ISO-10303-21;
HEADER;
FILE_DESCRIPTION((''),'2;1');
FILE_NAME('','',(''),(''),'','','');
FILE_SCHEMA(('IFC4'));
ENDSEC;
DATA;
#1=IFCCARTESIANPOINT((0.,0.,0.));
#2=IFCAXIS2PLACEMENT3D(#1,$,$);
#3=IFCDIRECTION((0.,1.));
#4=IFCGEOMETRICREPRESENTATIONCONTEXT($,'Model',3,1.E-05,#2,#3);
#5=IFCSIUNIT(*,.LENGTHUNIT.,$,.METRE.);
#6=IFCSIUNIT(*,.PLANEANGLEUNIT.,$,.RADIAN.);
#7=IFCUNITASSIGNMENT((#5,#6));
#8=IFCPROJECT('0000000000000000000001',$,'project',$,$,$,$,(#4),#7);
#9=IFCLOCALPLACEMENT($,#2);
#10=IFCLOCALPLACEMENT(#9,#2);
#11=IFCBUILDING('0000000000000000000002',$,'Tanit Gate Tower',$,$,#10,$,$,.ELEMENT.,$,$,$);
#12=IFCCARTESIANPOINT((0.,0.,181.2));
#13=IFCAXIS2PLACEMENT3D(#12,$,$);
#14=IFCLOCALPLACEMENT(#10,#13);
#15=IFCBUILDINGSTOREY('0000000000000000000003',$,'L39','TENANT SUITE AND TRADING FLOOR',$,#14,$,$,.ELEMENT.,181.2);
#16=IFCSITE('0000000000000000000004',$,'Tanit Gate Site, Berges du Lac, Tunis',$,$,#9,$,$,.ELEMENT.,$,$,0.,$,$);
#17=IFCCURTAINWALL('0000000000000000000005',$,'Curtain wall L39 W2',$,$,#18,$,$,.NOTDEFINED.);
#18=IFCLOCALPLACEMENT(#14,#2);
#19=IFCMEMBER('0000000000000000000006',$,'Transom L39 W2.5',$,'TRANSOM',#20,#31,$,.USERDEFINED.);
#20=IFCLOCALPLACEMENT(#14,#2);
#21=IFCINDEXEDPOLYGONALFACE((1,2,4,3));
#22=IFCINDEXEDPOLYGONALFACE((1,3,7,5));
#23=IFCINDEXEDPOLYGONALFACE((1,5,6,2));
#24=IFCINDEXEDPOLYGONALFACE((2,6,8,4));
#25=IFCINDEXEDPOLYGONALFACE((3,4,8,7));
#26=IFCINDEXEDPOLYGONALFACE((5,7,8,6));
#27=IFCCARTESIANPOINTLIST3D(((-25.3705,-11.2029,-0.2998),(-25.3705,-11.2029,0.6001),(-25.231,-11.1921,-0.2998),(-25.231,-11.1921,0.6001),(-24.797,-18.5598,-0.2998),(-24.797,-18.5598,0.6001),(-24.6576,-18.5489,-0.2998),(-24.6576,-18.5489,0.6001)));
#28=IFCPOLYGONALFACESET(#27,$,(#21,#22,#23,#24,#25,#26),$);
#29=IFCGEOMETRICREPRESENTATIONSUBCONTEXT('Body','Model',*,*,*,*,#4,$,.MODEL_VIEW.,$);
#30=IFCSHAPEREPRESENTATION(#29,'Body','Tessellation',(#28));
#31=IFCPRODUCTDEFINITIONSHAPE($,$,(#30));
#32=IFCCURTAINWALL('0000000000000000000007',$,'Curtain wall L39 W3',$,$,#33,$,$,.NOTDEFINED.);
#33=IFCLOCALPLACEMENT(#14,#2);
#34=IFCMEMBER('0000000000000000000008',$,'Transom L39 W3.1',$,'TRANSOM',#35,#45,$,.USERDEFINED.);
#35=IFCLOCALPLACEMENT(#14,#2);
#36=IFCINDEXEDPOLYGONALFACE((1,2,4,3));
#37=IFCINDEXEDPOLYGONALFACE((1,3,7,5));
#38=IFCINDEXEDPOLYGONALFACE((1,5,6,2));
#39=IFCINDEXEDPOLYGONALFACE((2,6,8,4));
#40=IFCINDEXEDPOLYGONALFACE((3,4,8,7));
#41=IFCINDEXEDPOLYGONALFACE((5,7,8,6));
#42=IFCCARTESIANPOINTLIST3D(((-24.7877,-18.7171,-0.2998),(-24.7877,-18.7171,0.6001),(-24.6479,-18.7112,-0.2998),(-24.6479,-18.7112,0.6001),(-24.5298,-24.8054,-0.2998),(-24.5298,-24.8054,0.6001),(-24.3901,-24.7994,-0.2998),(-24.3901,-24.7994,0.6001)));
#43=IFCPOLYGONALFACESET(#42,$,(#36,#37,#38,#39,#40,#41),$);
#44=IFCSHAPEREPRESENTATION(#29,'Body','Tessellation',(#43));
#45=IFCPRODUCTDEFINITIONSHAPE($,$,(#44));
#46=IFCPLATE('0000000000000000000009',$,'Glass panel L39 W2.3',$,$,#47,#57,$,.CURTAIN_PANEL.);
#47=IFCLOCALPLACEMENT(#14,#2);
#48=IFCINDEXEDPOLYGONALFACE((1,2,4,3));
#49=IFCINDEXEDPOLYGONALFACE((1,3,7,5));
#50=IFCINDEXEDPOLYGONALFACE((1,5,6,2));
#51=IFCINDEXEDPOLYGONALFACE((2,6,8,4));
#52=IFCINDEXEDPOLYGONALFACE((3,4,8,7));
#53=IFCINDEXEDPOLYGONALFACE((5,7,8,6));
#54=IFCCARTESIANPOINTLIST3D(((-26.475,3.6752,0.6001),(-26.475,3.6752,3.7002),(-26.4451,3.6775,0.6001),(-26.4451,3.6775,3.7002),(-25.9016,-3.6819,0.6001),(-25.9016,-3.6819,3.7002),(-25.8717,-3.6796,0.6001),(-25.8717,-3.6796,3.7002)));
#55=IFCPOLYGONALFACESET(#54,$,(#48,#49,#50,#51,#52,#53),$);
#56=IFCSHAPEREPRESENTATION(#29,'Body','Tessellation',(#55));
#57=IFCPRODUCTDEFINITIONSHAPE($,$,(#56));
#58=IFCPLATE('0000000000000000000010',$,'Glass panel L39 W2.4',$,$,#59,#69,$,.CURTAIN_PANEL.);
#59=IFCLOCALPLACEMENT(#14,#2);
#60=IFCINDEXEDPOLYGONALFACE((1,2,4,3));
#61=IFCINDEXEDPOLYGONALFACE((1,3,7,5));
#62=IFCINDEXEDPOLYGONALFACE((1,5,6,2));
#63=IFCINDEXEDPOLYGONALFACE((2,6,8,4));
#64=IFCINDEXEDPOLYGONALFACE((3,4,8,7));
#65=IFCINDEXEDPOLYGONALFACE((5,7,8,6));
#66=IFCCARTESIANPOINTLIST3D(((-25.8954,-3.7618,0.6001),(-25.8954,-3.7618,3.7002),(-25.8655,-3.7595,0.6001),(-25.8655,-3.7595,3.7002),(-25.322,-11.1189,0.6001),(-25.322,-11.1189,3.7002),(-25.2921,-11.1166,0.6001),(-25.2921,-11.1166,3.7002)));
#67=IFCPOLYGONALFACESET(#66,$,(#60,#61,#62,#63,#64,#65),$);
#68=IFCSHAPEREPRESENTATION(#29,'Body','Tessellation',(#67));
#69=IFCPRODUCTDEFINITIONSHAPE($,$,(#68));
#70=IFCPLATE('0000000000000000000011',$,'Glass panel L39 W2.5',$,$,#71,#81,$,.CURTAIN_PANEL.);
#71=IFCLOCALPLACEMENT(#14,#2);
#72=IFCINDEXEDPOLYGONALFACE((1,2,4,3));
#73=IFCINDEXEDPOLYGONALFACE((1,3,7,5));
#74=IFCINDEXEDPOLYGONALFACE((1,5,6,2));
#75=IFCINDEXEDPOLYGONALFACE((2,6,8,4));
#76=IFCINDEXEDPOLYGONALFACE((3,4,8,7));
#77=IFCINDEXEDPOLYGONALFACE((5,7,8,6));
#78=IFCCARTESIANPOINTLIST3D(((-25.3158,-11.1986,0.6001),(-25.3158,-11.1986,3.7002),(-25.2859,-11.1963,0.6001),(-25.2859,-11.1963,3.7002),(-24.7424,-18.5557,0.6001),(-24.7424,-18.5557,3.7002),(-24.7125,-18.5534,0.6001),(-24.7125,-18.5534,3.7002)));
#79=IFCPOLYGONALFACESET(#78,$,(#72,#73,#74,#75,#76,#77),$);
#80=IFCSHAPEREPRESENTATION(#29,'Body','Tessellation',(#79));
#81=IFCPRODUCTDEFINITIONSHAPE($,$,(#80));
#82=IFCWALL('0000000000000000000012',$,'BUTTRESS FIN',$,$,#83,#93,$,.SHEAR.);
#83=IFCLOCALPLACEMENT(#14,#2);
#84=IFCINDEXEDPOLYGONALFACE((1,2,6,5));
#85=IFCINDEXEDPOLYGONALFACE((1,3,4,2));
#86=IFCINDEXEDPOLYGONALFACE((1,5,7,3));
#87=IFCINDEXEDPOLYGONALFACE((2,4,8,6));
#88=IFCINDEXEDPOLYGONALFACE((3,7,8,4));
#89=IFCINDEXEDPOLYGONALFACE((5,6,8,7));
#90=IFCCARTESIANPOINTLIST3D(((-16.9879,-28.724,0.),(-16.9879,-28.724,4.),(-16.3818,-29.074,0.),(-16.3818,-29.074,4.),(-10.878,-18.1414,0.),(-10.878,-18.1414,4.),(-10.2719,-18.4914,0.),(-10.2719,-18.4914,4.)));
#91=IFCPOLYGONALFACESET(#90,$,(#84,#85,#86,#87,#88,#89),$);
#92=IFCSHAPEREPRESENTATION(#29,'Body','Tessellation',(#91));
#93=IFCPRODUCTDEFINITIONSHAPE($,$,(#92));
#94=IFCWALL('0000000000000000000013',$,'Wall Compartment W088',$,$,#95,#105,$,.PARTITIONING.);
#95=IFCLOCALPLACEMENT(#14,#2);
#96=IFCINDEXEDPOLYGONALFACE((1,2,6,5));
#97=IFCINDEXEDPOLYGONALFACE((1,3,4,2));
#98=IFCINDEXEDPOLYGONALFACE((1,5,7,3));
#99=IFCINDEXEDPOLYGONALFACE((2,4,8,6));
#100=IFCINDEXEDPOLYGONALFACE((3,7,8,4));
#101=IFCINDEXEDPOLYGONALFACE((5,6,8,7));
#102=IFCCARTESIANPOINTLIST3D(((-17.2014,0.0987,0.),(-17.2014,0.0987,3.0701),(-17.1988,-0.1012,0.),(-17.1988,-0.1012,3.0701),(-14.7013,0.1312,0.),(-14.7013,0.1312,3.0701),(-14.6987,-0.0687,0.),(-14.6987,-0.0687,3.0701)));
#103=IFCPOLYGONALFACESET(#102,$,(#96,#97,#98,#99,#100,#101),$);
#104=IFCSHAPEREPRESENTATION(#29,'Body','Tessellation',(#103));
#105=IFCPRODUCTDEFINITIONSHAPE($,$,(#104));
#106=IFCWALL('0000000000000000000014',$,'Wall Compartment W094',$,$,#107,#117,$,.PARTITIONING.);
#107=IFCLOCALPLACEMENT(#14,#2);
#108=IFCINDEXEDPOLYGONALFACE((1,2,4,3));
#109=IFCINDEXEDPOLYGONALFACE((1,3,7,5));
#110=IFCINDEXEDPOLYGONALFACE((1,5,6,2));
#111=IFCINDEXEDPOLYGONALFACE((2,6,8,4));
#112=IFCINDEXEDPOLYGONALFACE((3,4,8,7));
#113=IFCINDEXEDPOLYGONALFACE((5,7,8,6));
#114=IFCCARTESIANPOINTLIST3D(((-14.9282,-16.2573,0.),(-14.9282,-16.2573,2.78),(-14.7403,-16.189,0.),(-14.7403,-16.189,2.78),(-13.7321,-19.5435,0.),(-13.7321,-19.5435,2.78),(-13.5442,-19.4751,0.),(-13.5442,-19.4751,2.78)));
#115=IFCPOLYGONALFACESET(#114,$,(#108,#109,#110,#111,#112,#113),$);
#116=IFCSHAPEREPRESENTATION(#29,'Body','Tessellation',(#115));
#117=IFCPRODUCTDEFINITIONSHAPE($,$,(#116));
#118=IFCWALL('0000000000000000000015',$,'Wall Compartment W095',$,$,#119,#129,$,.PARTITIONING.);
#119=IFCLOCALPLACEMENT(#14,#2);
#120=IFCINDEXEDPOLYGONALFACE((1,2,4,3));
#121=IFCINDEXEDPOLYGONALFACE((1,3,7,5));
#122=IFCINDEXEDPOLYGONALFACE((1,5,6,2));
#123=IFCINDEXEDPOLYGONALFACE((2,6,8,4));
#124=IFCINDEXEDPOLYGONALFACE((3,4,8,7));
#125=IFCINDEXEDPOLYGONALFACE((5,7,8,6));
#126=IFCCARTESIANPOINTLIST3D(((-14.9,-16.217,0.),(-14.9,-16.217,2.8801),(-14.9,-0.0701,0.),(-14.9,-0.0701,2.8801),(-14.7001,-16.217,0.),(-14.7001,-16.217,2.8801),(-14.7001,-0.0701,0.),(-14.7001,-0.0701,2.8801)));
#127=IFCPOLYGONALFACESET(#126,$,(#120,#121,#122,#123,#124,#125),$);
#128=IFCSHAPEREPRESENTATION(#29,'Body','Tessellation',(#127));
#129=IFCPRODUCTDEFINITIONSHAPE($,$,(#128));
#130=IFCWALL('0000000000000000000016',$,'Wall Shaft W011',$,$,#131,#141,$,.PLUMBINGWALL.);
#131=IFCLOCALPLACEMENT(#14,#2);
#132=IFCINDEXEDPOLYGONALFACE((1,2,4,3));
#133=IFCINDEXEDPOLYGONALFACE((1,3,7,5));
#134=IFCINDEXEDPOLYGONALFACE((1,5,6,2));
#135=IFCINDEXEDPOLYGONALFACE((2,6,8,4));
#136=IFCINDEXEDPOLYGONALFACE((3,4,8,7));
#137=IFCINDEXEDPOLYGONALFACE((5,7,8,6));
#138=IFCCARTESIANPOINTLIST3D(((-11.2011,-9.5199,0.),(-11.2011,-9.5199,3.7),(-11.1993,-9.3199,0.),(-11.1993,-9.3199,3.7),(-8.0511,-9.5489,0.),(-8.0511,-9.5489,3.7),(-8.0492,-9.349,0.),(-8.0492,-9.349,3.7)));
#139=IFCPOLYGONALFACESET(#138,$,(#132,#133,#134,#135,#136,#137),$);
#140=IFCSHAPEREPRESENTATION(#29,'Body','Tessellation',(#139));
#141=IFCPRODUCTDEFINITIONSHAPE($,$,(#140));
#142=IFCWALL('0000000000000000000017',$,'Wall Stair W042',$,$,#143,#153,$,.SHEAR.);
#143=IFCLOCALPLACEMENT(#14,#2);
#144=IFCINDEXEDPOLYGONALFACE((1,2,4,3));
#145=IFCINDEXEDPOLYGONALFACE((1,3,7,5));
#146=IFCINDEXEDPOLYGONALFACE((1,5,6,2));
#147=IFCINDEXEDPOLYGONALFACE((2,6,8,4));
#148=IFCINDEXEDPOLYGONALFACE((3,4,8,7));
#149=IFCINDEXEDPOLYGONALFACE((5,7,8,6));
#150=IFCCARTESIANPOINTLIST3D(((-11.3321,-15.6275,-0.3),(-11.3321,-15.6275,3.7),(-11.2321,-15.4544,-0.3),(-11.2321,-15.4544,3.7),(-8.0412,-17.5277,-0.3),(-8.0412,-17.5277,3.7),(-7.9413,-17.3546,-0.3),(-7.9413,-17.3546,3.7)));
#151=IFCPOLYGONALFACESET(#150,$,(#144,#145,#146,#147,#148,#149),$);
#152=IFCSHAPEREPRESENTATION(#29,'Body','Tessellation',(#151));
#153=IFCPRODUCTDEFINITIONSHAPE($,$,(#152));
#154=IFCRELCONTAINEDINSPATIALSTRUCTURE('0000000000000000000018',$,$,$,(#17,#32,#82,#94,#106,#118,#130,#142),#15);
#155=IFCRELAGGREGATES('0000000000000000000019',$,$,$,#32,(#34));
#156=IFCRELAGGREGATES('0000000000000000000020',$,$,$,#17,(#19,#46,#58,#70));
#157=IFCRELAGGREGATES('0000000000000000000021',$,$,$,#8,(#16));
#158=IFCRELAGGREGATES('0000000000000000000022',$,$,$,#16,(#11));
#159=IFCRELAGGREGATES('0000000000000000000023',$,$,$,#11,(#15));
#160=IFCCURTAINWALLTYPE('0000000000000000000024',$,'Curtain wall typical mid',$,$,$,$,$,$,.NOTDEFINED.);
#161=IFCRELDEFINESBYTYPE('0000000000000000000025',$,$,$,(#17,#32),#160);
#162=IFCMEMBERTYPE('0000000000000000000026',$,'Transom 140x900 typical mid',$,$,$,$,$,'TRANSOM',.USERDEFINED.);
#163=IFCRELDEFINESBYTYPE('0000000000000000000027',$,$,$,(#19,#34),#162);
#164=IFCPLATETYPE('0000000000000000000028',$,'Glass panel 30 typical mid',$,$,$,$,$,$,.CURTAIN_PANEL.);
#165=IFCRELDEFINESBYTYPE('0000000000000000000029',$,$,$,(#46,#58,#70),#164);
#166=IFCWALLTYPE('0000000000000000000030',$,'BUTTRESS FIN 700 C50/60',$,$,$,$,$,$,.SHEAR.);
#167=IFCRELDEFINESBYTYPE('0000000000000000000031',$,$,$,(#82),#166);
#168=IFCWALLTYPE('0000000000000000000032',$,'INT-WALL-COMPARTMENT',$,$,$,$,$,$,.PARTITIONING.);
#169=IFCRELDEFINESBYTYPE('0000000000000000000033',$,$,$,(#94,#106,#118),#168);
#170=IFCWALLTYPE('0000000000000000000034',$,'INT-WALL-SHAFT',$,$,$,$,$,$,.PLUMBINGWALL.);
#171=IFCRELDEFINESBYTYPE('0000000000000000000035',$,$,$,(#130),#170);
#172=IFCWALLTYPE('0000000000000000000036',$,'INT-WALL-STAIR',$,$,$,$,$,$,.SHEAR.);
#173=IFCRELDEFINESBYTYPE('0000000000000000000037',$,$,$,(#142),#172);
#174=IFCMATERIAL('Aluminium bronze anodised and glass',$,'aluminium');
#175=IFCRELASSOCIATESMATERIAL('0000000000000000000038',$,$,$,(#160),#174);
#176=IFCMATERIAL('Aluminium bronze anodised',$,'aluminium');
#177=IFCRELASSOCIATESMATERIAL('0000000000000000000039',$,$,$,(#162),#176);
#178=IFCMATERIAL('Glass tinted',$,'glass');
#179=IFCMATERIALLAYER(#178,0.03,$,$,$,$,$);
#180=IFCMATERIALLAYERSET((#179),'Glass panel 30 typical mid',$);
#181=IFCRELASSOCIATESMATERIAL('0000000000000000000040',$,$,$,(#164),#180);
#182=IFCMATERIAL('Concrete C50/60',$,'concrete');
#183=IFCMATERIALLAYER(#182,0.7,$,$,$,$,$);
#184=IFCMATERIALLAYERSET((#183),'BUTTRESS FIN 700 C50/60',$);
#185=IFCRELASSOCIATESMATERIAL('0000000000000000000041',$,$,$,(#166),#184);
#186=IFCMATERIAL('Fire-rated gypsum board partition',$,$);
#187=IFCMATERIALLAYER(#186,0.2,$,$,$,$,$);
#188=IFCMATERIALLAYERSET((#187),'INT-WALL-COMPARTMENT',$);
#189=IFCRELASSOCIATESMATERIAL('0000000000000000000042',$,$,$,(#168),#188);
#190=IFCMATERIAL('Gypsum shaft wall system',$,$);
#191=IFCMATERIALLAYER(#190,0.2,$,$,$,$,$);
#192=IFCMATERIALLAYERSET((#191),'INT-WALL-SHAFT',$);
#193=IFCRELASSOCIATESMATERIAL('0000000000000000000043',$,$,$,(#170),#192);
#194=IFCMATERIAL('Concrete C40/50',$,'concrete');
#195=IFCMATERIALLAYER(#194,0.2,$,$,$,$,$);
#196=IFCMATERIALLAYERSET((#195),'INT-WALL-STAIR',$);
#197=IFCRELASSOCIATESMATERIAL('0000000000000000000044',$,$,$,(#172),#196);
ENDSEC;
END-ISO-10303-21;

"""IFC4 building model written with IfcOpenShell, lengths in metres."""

from ifc_helpers import new_model, si_unit, direction, frame, frame_2d, origin, origin_2d, place, context, subcontext, project, spatial, rectangle, extrude, material, layer, layer_set, material_profile, profile_set, type_object, element, aggregate, save


model = new_model("IFC4")

# Units and contexts
model_context = context("Model", 3, precision=1e-05, world=origin(), true_north=direction((0.0, 1.0)))
body_context = subcontext(model_context, "Body", "Model", "MODEL_VIEW")
ifc_project = project(units=[si_unit("LENGTHUNIT", "METRE"), si_unit("PLANEANGLEUNIT", "RADIAN")], contexts=[model_context])

# Site, building, storey
site_placement = place(None, origin())
site = spatial("IfcSite", under=ifc_project, at=site_placement, Name="Tanit Gate Site, Berges du Lac, Tunis", CompositionType="ELEMENT", RefElevation=0.0)
building_placement = place(site_placement, origin())
building = spatial("IfcBuilding", under=site, at=building_placement, Name="Tanit Gate Tower", CompositionType="ELEMENT")
storey_placement = place(building_placement, frame((0.0, 0.0, 181.2)))
storey = spatial("IfcBuildingStorey", under=building, at=storey_placement, Name="L39", Description="TENANT SUITE AND TRADING FLOOR", CompositionType="ELEMENT", Elevation=181.2)

# Curtain wall
ifc_material_1 = material(Name="Aluminium bronze anodised and glass", Category="aluminium")
curtain_wall_type = type_object("IfcCurtainWallType", Name="Curtain wall typical mid", PredefinedType="NOTDEFINED", material=ifc_material_1)
curtain_wall_1_placement = place(storey_placement, origin())
curtain_wall_1 = element("IfcCurtainWall", 1, at=curtain_wall_1_placement, inside=storey, type_object=curtain_wall_type, Name="Curtain wall L39 W2", PredefinedType="NOTDEFINED")

# Member
ifc_material_2 = material(Name="Aluminium bronze anodised", Category="aluminium")
ifc_material_profile_1 = material_profile(ifc_material_2, rectangle(XDim=0.1399, YDim=0.8999, at=origin_2d()), Name="140x900 bronze transom")
ifc_profile_set_1 = profile_set([ifc_material_profile_1], Name="Aluminium bronze anodised")
member_type_1 = type_object("IfcMemberType", Name="Transom 140x900 typical mid", ElementType="TRANSOM", PredefinedType="USERDEFINED", material=ifc_profile_set_1)
member_1_placement = place(storey_placement, frame((-25.3008, -11.1975, 0.1501), z_axis=(0.077716, -0.996976, 0.0), x_axis=(0.996976, 0.077716, 0.0)))
member_1 = element("IfcMember", 2, at=member_1_placement, type_object=member_type_1, Name="Transom L39 W2.5", ObjectType="TRANSOM", PredefinedType="USERDEFINED", context=body_context, shape_type="SweptSolid", body=[
    extrude(rectangle(XDim=0.1399, YDim=0.8999, at=origin_2d()), origin(), (0.0, 0.0, 1.0), 7.3792),
])

# Curtain wall, member
curtain_wall_2_placement = place(storey_placement, origin())
curtain_wall_2 = element("IfcCurtainWall", 3, at=curtain_wall_2_placement, inside=storey, type_object=curtain_wall_type, Name="Curtain wall L39 W3", PredefinedType="NOTDEFINED")
member_2_placement = place(storey_placement, frame((-24.7178, -18.7141, 0.1501), z_axis=(0.042307, -0.999105, 0.0), x_axis=(0.999105, 0.042307, 0.0)))
member_2 = element("IfcMember", 4, at=member_2_placement, type_object=member_type_1, Name="Transom L39 W3.1", ObjectType="TRANSOM", PredefinedType="USERDEFINED", context=body_context, shape_type="SweptSolid", body=[
    extrude(rectangle(XDim=0.1399, YDim=0.8999, at=origin_2d()), origin(), (0.0, 0.0, 1.0), 6.0938),
])
aggregate(curtain_wall_2, [member_2])

# Plates
ifc_material_3 = material(Name="Glass tinted", Category="glass")
ifc_layer_1 = layer(ifc_material_3, 0.03)
ifc_layer_set_1 = layer_set([ifc_layer_1], Name="Glass panel 30 typical mid")
plate_type = type_object("IfcPlateType", Name="Glass panel 30 typical mid", PredefinedType="CURTAIN_PANEL", material=ifc_layer_set_1)
plate_1_placement = place(storey_placement, frame((-26.1733, -0.0022, 0.6001), z_axis=(0.0, 0.0, 1.0), x_axis=(0.077701, -0.996977, 0.0)))
plate_1 = element("IfcPlate", 5, at=plate_1_placement, type_object=plate_type, Name="Glass panel L39 W2.3", PredefinedType="CURTAIN_PANEL", context=body_context, shape_type="SweptSolid", body=[
    extrude(rectangle(XDim=7.3794, YDim=0.03, at=origin_2d()), origin(), (0.0, 0.0, 1.0), 3.1001),
])
plate_2_placement = place(storey_placement, frame((-25.5938, -7.4392, 0.6001), z_axis=(0.0, 0.0, 1.0), x_axis=(0.077701, -0.996977, 0.0)))
plate_2 = element("IfcPlate", 6, at=plate_2_placement, type_object=plate_type, Name="Glass panel L39 W2.4", PredefinedType="CURTAIN_PANEL", context=body_context, shape_type="SweptSolid", body=[
    extrude(rectangle(XDim=7.3794, YDim=0.03, at=origin_2d()), origin(), (0.0, 0.0, 1.0), 3.1001),
])
plate_3_placement = place(storey_placement, frame((-25.0142, -14.876, 0.6001), z_axis=(0.0, 0.0, 1.0), x_axis=(0.077701, -0.996977, 0.0)))
plate_3 = element("IfcPlate", 7, at=plate_3_placement, type_object=plate_type, Name="Glass panel L39 W2.5", PredefinedType="CURTAIN_PANEL", context=body_context, shape_type="SweptSolid", body=[
    extrude(rectangle(XDim=7.3794, YDim=0.03, at=origin_2d()), origin(), (0.0, 0.0, 1.0), 3.1001),
])
aggregate(curtain_wall_1, [member_1, plate_1, plate_2, plate_3])

# Walls
ifc_material_4 = material(Name="Concrete C50/60", Category="concrete")
ifc_layer_2 = layer(ifc_material_4, 0.7)
ifc_layer_set_2 = layer_set([ifc_layer_2], Name="BUTTRESS FIN 700 C50/60")
wall_type_1 = type_object("IfcWallType", Name="BUTTRESS FIN 700 C50/60", PredefinedType="SHEAR", material=ifc_layer_set_2)
wall_1_placement = place(storey_placement, frame((-10.575, -18.3164, 0.0), z_axis=(0.0, 0.0, 1.0), x_axis=(-0.500003, -0.866024, 0.0)))
element("IfcWall", 8, at=wall_1_placement, inside=storey, type_object=wall_type_1, Name="BUTTRESS FIN", PredefinedType="SHEAR", context=body_context, shape_type="SweptSolid", body=[
    extrude(rectangle(XDim=12.2197, YDim=0.7, at=frame_2d((6.1099, 0.0))), origin(), (0.0, 0.0, 1.0), 4.0),
])
ifc_material_5 = material(Name="Fire-rated gypsum board partition")
ifc_layer_3 = layer(ifc_material_5, 0.2)
ifc_layer_set_3 = layer_set([ifc_layer_3], Name="INT-WALL-COMPARTMENT")
wall_type_2 = type_object("IfcWallType", Name="INT-WALL-COMPARTMENT", PredefinedType="PARTITIONING", material=ifc_layer_set_3)
wall_2_placement = place(storey_placement, frame((-17.2, -0.0012, 0.0), z_axis=(0.0, 0.0, 1.0), x_axis=(0.999916, 0.012987, 0.0)))
element("IfcWall", 9, at=wall_2_placement, inside=storey, type_object=wall_type_2, Name="Wall Compartment W088", PredefinedType="PARTITIONING", context=body_context, shape_type="SweptSolid", body=[
    extrude(rectangle(XDim=2.5002, YDim=0.2, at=frame_2d((1.25, 0.0))), origin(), (0.0, 0.0, 1.0), 3.0701),
])
wall_3_placement = place(storey_placement, frame((-14.8342, -16.2231, 0.0), z_axis=(0.0, 0.0, 1.0), x_axis=(0.342018, -0.939694, 0.0)))
element("IfcWall", 10, at=wall_3_placement, inside=storey, type_object=wall_type_2, Name="Wall Compartment W094", PredefinedType="PARTITIONING", context=body_context, shape_type="SweptSolid", body=[
    extrude(rectangle(XDim=3.4971, YDim=0.2, at=frame_2d((1.7485, 0.0))), origin(), (0.0, 0.0, 1.0), 2.78),
])
wall_4_placement = place(storey_placement, frame((-14.8, -0.0701, 0.0), z_axis=(0.0, 0.0, 1.0), x_axis=(0.0, -1.0, 0.0)))
element("IfcWall", 11, at=wall_4_placement, inside=storey, type_object=wall_type_2, Name="Wall Compartment W095", PredefinedType="PARTITIONING", context=body_context, shape_type="SweptSolid", body=[
    extrude(rectangle(XDim=16.147, YDim=0.2, at=frame_2d((8.0735, 0.0))), origin(), (0.0, 0.0, 1.0), 2.8801),
])
ifc_material_6 = material(Name="Gypsum shaft wall system")
ifc_layer_4 = layer(ifc_material_6, 0.2)
ifc_layer_set_4 = layer_set([ifc_layer_4], Name="INT-WALL-SHAFT")
wall_type_3 = type_object("IfcWallType", Name="INT-WALL-SHAFT", PredefinedType="PLUMBINGWALL", material=ifc_layer_set_4)
wall_5_placement = place(storey_placement, frame((-8.05, -9.449, 0.0), z_axis=(0.0, 0.0, 1.0), x_axis=(-0.999957, 0.009223, 0.0)))
element("IfcWall", 12, at=wall_5_placement, inside=storey, type_object=wall_type_3, Name="Wall Shaft W011", PredefinedType="PLUMBINGWALL", context=body_context, shape_type="SweptSolid", body=[
    extrude(rectangle(XDim=3.1501, YDim=0.2, at=frame_2d((1.5752, 0.0))), origin(), (0.0, 0.0, 1.0), 3.7),
])
ifc_material_7 = material(Name="Concrete C40/50", Category="concrete")
ifc_layer_5 = layer(ifc_material_7, 0.2)
ifc_layer_set_5 = layer_set([ifc_layer_5], Name="INT-WALL-STAIR")
wall_type_4 = type_object("IfcWallType", Name="INT-WALL-STAIR", PredefinedType="SHEAR", material=ifc_layer_set_5)
wall_6_placement = place(storey_placement, frame((-11.282, -15.541, -0.3), z_axis=(0.0, 0.0, 1.0), x_axis=(0.866, -0.500043, 0.0)))
element("IfcWall", 13, at=wall_6_placement, inside=storey, type_object=wall_type_4, Name="Wall Stair W042", PredefinedType="SHEAR", context=body_context, shape_type="SweptSolid", body=[
    extrude(rectangle(XDim=3.8, YDim=0.2, at=frame_2d((1.8999, 0.0))), origin(), (0.0, 0.0, 1.0), 4.0),
])

save(model, "model.ifc")
